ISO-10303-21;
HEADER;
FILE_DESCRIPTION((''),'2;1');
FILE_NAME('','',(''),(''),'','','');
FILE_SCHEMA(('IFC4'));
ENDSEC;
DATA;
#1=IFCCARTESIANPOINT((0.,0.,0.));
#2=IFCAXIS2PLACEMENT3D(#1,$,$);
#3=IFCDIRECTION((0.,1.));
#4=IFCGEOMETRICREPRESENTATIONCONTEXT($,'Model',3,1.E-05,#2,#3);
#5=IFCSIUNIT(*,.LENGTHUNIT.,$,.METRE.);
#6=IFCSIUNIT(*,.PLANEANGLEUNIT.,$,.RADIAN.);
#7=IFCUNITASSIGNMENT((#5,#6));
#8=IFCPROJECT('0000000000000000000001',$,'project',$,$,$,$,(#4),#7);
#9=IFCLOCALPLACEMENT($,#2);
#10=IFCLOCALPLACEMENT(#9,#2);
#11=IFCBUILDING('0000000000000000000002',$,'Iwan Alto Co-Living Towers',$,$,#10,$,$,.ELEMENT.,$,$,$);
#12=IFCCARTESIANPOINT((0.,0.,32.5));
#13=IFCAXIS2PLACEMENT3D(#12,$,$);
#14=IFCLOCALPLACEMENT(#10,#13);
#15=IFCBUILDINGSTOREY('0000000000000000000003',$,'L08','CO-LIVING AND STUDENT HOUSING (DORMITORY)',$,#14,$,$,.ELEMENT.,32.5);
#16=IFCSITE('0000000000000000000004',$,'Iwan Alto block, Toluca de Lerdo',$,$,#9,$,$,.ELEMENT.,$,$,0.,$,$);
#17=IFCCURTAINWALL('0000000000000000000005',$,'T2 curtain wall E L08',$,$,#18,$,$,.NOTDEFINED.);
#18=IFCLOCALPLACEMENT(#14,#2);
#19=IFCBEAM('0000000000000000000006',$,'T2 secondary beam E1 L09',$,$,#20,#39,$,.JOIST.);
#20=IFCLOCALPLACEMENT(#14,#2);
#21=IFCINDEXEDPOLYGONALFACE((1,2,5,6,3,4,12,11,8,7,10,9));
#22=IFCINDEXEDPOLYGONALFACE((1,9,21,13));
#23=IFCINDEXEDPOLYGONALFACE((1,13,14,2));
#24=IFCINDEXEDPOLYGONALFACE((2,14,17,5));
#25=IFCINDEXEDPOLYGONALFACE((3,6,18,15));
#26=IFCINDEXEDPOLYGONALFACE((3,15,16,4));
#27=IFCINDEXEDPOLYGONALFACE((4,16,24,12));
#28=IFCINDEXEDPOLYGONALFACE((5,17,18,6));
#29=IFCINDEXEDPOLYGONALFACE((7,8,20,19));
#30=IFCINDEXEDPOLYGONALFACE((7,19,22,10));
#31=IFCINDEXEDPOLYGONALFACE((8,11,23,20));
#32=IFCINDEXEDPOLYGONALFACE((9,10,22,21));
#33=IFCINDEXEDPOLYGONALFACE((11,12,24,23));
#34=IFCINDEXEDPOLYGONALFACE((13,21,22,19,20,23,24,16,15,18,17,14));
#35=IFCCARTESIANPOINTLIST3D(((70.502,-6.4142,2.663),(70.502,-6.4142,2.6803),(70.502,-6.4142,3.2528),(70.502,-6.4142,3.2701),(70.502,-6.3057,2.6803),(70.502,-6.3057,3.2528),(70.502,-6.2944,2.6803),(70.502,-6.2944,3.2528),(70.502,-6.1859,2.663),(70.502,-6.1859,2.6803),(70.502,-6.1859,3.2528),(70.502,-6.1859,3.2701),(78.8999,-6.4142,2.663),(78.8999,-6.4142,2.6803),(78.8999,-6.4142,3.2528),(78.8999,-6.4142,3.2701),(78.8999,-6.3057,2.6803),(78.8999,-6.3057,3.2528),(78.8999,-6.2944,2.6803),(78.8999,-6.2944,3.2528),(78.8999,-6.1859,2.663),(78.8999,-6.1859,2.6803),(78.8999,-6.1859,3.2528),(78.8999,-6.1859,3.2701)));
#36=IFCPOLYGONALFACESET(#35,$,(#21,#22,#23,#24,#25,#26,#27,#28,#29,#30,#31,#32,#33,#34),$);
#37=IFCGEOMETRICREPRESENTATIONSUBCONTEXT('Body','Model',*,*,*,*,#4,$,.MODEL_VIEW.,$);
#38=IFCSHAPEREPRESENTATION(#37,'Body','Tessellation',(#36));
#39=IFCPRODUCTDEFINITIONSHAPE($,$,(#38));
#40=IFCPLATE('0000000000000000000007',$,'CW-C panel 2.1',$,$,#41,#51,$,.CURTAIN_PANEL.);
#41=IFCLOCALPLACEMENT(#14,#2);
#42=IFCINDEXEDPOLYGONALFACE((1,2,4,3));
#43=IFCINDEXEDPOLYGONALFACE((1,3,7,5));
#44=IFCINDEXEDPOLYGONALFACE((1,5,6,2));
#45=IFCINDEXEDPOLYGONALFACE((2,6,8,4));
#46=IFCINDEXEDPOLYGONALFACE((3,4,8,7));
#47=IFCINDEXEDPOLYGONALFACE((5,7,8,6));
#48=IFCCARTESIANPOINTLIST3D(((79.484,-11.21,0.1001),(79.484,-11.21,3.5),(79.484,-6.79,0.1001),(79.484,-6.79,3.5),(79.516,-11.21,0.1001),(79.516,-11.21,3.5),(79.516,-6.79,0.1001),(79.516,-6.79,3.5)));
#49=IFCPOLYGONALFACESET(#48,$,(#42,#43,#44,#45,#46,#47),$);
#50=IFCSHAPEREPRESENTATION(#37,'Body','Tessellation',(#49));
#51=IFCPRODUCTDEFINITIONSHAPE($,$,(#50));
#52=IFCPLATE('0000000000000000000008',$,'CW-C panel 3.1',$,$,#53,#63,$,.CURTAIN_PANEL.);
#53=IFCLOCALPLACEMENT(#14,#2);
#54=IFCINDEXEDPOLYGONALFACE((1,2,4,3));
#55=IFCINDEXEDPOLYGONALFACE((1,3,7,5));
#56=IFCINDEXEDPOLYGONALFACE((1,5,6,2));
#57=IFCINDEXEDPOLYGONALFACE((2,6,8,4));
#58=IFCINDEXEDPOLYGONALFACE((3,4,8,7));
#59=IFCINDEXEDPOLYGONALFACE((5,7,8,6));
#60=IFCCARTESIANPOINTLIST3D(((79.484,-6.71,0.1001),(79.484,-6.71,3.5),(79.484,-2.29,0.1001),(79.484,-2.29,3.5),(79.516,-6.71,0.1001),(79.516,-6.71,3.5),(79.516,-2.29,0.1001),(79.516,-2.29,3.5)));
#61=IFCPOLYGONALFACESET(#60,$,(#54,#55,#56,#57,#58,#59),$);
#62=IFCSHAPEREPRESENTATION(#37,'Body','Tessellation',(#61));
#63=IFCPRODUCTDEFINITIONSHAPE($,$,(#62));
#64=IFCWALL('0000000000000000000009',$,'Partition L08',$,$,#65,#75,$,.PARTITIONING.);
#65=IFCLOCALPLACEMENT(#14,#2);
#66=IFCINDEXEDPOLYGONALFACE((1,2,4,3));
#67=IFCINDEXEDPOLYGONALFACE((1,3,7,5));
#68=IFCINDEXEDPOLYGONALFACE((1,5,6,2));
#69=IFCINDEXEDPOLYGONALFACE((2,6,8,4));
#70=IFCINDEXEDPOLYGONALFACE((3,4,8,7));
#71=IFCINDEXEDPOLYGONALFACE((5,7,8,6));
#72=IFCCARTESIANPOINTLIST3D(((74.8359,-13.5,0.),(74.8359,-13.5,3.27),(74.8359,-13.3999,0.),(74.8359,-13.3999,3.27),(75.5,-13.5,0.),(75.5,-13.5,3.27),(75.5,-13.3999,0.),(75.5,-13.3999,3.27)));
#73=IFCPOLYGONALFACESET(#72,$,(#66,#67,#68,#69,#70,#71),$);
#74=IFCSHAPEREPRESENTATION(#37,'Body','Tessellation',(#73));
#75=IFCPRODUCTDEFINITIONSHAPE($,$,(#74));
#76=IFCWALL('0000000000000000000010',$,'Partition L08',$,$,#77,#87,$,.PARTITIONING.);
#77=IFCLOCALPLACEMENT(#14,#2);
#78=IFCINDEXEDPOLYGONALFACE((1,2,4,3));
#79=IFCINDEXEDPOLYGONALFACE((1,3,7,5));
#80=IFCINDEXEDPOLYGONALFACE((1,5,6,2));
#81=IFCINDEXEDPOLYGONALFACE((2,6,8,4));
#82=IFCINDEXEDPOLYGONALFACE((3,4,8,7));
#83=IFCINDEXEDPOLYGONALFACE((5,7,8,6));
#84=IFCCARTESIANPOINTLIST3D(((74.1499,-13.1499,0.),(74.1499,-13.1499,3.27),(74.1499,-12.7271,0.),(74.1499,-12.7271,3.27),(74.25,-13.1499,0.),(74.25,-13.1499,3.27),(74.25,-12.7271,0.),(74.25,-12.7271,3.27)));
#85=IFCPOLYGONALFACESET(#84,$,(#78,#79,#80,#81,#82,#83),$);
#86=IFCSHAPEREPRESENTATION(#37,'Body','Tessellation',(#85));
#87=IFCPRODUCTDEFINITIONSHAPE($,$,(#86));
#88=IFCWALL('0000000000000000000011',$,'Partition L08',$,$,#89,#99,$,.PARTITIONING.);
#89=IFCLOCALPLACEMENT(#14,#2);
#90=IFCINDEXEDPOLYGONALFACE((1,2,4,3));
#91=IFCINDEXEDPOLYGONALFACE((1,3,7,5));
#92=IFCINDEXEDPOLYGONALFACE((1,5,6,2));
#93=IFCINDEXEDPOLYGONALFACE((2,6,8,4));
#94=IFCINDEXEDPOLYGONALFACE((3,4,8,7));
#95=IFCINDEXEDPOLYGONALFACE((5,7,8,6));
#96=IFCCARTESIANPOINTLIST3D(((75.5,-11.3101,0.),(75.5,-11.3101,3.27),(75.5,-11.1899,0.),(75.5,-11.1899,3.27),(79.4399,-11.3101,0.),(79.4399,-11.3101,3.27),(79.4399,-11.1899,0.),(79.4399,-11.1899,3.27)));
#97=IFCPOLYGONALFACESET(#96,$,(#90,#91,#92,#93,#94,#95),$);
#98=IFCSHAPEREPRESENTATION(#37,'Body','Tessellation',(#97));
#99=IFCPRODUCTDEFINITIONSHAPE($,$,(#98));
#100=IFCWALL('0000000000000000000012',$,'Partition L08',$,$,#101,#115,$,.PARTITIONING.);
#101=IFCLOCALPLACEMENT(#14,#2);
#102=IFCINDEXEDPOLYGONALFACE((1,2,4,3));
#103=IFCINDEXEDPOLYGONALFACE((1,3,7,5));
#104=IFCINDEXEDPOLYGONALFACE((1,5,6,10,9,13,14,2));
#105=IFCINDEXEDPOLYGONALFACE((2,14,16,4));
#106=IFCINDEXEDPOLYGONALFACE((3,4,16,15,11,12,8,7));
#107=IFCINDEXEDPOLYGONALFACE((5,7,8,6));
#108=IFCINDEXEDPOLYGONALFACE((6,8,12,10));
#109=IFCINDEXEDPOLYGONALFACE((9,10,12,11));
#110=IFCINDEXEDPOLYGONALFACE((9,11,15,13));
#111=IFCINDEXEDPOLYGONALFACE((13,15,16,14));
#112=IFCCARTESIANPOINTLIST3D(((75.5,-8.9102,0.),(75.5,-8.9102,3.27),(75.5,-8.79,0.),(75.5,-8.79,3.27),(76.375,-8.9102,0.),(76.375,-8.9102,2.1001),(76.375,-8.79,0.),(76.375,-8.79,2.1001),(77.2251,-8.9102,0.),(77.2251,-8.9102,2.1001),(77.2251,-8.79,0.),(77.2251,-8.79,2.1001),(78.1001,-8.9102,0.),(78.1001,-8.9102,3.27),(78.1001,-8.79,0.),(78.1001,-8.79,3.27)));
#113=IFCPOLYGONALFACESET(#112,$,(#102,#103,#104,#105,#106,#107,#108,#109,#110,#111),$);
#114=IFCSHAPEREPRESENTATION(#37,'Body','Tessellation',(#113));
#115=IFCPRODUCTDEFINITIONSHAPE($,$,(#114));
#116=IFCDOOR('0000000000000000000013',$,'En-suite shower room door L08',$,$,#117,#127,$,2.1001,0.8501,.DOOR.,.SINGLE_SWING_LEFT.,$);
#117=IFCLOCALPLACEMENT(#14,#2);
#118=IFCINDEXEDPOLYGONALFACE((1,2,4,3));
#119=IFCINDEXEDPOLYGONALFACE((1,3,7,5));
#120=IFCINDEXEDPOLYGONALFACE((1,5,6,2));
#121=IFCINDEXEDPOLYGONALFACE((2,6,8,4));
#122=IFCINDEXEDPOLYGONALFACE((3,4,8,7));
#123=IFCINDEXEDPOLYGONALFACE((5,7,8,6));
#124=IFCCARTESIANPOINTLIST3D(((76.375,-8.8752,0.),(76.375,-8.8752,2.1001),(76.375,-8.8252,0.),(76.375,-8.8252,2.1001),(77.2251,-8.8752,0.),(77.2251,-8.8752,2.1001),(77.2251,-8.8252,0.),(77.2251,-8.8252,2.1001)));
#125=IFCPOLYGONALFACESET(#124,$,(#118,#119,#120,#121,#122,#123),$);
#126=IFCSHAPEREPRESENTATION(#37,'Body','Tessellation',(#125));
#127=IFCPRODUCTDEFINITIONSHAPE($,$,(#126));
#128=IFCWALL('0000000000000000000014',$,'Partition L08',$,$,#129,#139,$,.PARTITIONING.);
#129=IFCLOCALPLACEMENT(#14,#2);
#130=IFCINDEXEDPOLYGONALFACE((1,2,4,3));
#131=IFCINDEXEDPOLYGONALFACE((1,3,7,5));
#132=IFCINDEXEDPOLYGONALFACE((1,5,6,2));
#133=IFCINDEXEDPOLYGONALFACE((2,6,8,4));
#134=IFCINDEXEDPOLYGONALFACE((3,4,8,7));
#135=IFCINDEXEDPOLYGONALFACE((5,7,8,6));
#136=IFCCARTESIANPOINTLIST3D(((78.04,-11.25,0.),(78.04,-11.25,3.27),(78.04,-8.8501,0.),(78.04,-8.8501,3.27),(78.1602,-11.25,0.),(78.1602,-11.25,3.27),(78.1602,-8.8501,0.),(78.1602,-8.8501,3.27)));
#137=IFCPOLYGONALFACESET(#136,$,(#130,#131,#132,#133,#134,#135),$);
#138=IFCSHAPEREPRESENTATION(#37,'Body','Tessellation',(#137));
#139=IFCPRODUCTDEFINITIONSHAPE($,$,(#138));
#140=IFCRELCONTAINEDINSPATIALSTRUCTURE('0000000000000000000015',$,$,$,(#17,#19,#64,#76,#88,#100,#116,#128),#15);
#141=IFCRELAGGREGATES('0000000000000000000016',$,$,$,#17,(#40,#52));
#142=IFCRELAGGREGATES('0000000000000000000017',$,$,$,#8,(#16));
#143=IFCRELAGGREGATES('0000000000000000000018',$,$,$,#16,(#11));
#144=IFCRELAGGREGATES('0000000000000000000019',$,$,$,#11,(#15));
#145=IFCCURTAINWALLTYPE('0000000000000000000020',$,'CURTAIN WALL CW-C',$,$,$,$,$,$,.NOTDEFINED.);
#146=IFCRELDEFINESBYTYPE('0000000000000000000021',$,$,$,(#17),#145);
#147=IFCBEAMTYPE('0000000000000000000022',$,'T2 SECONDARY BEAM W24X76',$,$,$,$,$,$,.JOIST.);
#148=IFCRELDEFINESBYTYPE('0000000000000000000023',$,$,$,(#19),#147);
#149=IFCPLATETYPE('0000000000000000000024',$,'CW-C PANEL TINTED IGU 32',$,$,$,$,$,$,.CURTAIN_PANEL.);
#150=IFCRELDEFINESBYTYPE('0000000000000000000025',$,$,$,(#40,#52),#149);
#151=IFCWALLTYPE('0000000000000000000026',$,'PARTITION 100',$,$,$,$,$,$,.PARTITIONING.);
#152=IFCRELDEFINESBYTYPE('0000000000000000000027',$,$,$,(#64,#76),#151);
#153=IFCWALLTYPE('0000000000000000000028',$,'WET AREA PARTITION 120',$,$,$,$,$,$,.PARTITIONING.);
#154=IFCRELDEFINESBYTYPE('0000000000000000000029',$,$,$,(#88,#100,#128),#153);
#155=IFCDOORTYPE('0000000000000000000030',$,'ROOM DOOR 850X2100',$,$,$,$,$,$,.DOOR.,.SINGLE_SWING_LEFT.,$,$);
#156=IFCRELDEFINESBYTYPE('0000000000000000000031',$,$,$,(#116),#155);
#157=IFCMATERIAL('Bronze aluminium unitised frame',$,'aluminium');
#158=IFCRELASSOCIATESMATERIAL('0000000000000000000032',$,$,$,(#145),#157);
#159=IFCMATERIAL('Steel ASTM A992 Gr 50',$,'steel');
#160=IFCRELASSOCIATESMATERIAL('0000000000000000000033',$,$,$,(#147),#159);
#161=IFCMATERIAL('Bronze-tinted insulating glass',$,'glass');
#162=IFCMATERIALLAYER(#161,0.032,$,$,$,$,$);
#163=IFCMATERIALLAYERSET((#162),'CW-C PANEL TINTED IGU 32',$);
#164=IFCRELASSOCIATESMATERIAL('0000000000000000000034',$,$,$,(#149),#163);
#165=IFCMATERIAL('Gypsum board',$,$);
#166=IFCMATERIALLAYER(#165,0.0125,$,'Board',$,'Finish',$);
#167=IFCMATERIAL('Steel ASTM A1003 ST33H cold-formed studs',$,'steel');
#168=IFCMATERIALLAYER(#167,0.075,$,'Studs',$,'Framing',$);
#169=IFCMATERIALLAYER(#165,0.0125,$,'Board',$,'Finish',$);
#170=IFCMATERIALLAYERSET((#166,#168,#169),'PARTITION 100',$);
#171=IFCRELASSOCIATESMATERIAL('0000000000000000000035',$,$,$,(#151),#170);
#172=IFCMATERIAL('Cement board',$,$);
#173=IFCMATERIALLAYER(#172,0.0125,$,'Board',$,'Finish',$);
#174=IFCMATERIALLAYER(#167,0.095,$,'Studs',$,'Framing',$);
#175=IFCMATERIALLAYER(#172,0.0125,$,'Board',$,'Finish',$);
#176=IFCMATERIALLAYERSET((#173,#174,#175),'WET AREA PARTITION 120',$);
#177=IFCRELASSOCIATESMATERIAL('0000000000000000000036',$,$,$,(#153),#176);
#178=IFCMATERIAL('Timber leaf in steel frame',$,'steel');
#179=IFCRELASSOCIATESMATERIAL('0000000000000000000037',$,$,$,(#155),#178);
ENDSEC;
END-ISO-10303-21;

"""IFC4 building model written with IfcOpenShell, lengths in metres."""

from ifc_helpers import new_model, si_unit, direction, frame, frame_2d, origin, origin_2d, place, context, subcontext, project, spatial, rectangle, i_section, extrude, material, layer, layer_set, material_profile, profile_set, type_object, element, fill, aggregate, save


model = new_model("IFC4")

# Units and contexts
model_context = context("Model", 3, precision=1e-05, world=origin(), true_north=direction((0.0, 1.0)))
body_context = subcontext(model_context, "Body", "Model", "MODEL_VIEW")
ifc_project = project(units=[si_unit("LENGTHUNIT", "METRE"), si_unit("PLANEANGLEUNIT", "RADIAN")], contexts=[model_context])

# Site, building, storey
site_placement = place(None, origin())
site = spatial("IfcSite", under=ifc_project, at=site_placement, Name="Iwan Alto block, Toluca de Lerdo", CompositionType="ELEMENT", RefElevation=0.0)
building_placement = place(site_placement, origin())
building = spatial("IfcBuilding", under=site, at=building_placement, Name="Iwan Alto Co-Living Towers", CompositionType="ELEMENT")
storey_placement = place(building_placement, frame((0.0, 0.0, 32.5)))
storey = spatial("IfcBuildingStorey", under=building, at=storey_placement, Name="L08", Description="CO-LIVING AND STUDENT HOUSING (DORMITORY)", CompositionType="ELEMENT", Elevation=32.5)

# Curtain wall
ifc_material_1 = material(Name="Bronze aluminium unitised frame", Category="aluminium")
curtain_wall_type = type_object("IfcCurtainWallType", Name="CURTAIN WALL CW-C", PredefinedType="NOTDEFINED", material=ifc_material_1)
curtain_wall_placement = place(storey_placement, origin())
curtain_wall = element("IfcCurtainWall", 1, at=curtain_wall_placement, inside=storey, type_object=curtain_wall_type, Name="T2 curtain wall E L08", PredefinedType="NOTDEFINED")

# Beam
ifc_material_2 = material(Name="Steel ASTM A992 Gr 50", Category="steel")
ifc_material_profile_1 = material_profile(ifc_material_2, i_section(OverallWidth=0.2283, OverallDepth=0.6072, WebThickness=0.0112, FlangeThickness=0.0173, at=origin_2d()), Name="W24X76")
ifc_profile_set_1 = profile_set([ifc_material_profile_1], Name="Steel ASTM A992 Gr 50")
beam_type_1 = type_object("IfcBeamType", Name="T2 SECONDARY BEAM W24X76", PredefinedType="JOIST", material=ifc_profile_set_1)
beam_1_placement = place(storey_placement, frame((78.8999, -6.3, 2.9666), z_axis=(-1.0, 0.0, 0.0), x_axis=(0.0, -1.0, 0.0)))
element("IfcBeam", 2, at=beam_1_placement, inside=storey, type_object=beam_type_1, Name="T2 secondary beam E1 L09", PredefinedType="JOIST", context=body_context, shape_type="SweptSolid", body=[
    extrude(i_section(OverallWidth=0.2283, OverallDepth=0.6072, WebThickness=0.0112, FlangeThickness=0.0173, at=origin_2d()), origin(), (0.0, 0.0, 1.0), 8.3979),
])

# Plates
ifc_material_3 = material(Name="Bronze-tinted insulating glass", Category="glass")
ifc_layer_1 = layer(ifc_material_3, 0.032)
ifc_layer_set_1 = layer_set([ifc_layer_1], Name="CW-C PANEL TINTED IGU 32")
plate_type = type_object("IfcPlateType", Name="CW-C PANEL TINTED IGU 32", PredefinedType="CURTAIN_PANEL", material=ifc_layer_set_1)
plate_1_placement = place(storey_placement, frame((79.5, -9.0, 0.1001), z_axis=(0.0, 0.0, 1.0), x_axis=(0.0, 1.0, 0.0)))
plate_1 = element("IfcPlate", 3, at=plate_1_placement, type_object=plate_type, Name="CW-C panel 2.1", PredefinedType="CURTAIN_PANEL", context=body_context, shape_type="SweptSolid", body=[
    extrude(rectangle(XDim=4.4199, YDim=0.032, at=origin_2d()), origin(), (0.0, 0.0, 1.0), 3.3999),
])
plate_2_placement = place(storey_placement, frame((79.5, -4.5, 0.1001), z_axis=(0.0, 0.0, 1.0), x_axis=(0.0, 1.0, 0.0)))
plate_2 = element("IfcPlate", 4, at=plate_2_placement, type_object=plate_type, Name="CW-C panel 3.1", PredefinedType="CURTAIN_PANEL", context=body_context, shape_type="SweptSolid", body=[
    extrude(rectangle(XDim=4.4199, YDim=0.032, at=origin_2d()), origin(), (0.0, 0.0, 1.0), 3.3999),
])
aggregate(curtain_wall, [plate_1, plate_2])

# Walls
ifc_material_4 = material(Name="Gypsum board")
ifc_layer_2 = layer(ifc_material_4, 0.0125, Name="Board", Category="Finish")
ifc_material_5 = material(Name="Steel ASTM A1003 ST33H cold-formed studs", Category="steel")
ifc_layer_3 = layer(ifc_material_5, 0.075, Name="Studs", Category="Framing")
ifc_layer_4 = layer(ifc_material_4, 0.0125, Name="Board", Category="Finish")
ifc_layer_set_2 = layer_set([ifc_layer_2, ifc_layer_3, ifc_layer_4], Name="PARTITION 100")
wall_type_1 = type_object("IfcWallType", Name="PARTITION 100", PredefinedType="PARTITIONING", material=ifc_layer_set_2)
wall_1_placement = place(storey_placement, frame((74.8359, -13.45, 0.0), z_axis=(0.0, 0.0, 1.0), x_axis=(1.0, 0.0, 0.0)))
element("IfcWall", 5, at=wall_1_placement, inside=storey, type_object=wall_type_1, Name="Partition L08", PredefinedType="PARTITIONING", context=body_context, shape_type="SweptSolid", body=[
    extrude(rectangle(XDim=0.6641, YDim=0.1001, at=frame_2d((0.332, 0.0))), origin(), (0.0, 0.0, 1.0), 3.27),
])
wall_2_placement = place(storey_placement, frame((74.2, -13.1499, 0.0), z_axis=(0.0, 0.0, 1.0), x_axis=(0.0, 1.0, 0.0)))
element("IfcWall", 6, at=wall_2_placement, inside=storey, type_object=wall_type_1, Name="Partition L08", PredefinedType="PARTITIONING", context=body_context, shape_type="SweptSolid", body=[
    extrude(rectangle(XDim=0.4229, YDim=0.1001, at=frame_2d((0.2114, 0.0))), origin(), (0.0, 0.0, 1.0), 3.27),
])
ifc_material_6 = material(Name="Cement board")
ifc_layer_5 = layer(ifc_material_6, 0.0125, Name="Board", Category="Finish")
ifc_layer_6 = layer(ifc_material_5, 0.095, Name="Studs", Category="Framing")
ifc_layer_7 = layer(ifc_material_6, 0.0125, Name="Board", Category="Finish")
ifc_layer_set_3 = layer_set([ifc_layer_5, ifc_layer_6, ifc_layer_7], Name="WET AREA PARTITION 120")
wall_type_2 = type_object("IfcWallType", Name="WET AREA PARTITION 120", PredefinedType="PARTITIONING", material=ifc_layer_set_3)
wall_3_placement = place(storey_placement, frame((75.5, -11.25, 0.0), z_axis=(0.0, 0.0, 1.0), x_axis=(1.0, 0.0, 0.0)))
element("IfcWall", 7, at=wall_3_placement, inside=storey, type_object=wall_type_2, Name="Partition L08", PredefinedType="PARTITIONING", context=body_context, shape_type="SweptSolid", body=[
    extrude(rectangle(XDim=3.9399, YDim=0.1201, at=frame_2d((1.97, 0.0))), origin(), (0.0, 0.0, 1.0), 3.27),
])

# Wall, opening, door
wall_4_placement = place(storey_placement, frame((75.5, -8.8501, 0.0), z_axis=(0.0, 0.0, 1.0), x_axis=(1.0, 0.0, 0.0)))
wall_4 = element("IfcWall", 8, at=wall_4_placement, inside=storey, type_object=wall_type_2, Name="Partition L08", PredefinedType="PARTITIONING", context=body_context, shape_type="SweptSolid", body=[
    extrude(rectangle(XDim=2.6001, YDim=0.1201, at=frame_2d((1.3, 0.0))), origin(), (0.0, 0.0, 1.0), 3.27),
])
opening_1_placement = place(wall_4_placement, frame((0.875, 0.0, 0.0)))
opening_1 = element("IfcOpeningElement", 9, at=opening_1_placement, cuts=wall_4, PredefinedType="OPENING", context=body_context, shape_type="SweptSolid", body=[
    extrude(rectangle(XDim=0.8501, YDim=2.1001, at=frame_2d((0.425, 1.05))), frame((0.0, 0.0701, 0.0), z_axis=(0.0, -1.0, 0.0), x_axis=(1.0, 0.0, 0.0)), (0.0, 0.0, 1.0), 0.1401),
])
ifc_material_7 = material(Name="Timber leaf in steel frame", Category="steel")
door_type = type_object("IfcDoorType", Name="ROOM DOOR 850X2100", OperationType="SINGLE_SWING_LEFT", PredefinedType="DOOR", material=ifc_material_7)
door_1_placement = place(opening_1_placement, origin())
door_1 = element("IfcDoor", 10, at=door_1_placement, inside=storey, type_object=door_type, Name="En-suite shower room door L08", OperationType="SINGLE_SWING_LEFT", OverallHeight=2.1001, OverallWidth=0.8501, PredefinedType="DOOR", context=body_context, shape_type="SweptSolid", body=[
    extrude(rectangle(XDim=0.8501, YDim=2.1001, at=frame_2d((0.425, 1.05))), frame((0.0, 0.0249, 0.0), z_axis=(0.0, -1.0, 0.0), x_axis=(1.0, 0.0, 0.0)), (0.0, 0.0, 1.0), 0.05),
])
fill(opening_1, door_1)

# Wall
wall_5_placement = place(storey_placement, frame((78.1001, -11.25, 0.0), z_axis=(0.0, 0.0, 1.0), x_axis=(0.0, 1.0, 0.0)))
element("IfcWall", 11, at=wall_5_placement, inside=storey, type_object=wall_type_2, Name="Partition L08", PredefinedType="PARTITIONING", context=body_context, shape_type="SweptSolid", body=[
    extrude(rectangle(XDim=2.3999, YDim=0.1201, at=frame_2d((1.2, 0.0))), origin(), (0.0, 0.0, 1.0), 3.27),
])

save(model, "model.ifc")
